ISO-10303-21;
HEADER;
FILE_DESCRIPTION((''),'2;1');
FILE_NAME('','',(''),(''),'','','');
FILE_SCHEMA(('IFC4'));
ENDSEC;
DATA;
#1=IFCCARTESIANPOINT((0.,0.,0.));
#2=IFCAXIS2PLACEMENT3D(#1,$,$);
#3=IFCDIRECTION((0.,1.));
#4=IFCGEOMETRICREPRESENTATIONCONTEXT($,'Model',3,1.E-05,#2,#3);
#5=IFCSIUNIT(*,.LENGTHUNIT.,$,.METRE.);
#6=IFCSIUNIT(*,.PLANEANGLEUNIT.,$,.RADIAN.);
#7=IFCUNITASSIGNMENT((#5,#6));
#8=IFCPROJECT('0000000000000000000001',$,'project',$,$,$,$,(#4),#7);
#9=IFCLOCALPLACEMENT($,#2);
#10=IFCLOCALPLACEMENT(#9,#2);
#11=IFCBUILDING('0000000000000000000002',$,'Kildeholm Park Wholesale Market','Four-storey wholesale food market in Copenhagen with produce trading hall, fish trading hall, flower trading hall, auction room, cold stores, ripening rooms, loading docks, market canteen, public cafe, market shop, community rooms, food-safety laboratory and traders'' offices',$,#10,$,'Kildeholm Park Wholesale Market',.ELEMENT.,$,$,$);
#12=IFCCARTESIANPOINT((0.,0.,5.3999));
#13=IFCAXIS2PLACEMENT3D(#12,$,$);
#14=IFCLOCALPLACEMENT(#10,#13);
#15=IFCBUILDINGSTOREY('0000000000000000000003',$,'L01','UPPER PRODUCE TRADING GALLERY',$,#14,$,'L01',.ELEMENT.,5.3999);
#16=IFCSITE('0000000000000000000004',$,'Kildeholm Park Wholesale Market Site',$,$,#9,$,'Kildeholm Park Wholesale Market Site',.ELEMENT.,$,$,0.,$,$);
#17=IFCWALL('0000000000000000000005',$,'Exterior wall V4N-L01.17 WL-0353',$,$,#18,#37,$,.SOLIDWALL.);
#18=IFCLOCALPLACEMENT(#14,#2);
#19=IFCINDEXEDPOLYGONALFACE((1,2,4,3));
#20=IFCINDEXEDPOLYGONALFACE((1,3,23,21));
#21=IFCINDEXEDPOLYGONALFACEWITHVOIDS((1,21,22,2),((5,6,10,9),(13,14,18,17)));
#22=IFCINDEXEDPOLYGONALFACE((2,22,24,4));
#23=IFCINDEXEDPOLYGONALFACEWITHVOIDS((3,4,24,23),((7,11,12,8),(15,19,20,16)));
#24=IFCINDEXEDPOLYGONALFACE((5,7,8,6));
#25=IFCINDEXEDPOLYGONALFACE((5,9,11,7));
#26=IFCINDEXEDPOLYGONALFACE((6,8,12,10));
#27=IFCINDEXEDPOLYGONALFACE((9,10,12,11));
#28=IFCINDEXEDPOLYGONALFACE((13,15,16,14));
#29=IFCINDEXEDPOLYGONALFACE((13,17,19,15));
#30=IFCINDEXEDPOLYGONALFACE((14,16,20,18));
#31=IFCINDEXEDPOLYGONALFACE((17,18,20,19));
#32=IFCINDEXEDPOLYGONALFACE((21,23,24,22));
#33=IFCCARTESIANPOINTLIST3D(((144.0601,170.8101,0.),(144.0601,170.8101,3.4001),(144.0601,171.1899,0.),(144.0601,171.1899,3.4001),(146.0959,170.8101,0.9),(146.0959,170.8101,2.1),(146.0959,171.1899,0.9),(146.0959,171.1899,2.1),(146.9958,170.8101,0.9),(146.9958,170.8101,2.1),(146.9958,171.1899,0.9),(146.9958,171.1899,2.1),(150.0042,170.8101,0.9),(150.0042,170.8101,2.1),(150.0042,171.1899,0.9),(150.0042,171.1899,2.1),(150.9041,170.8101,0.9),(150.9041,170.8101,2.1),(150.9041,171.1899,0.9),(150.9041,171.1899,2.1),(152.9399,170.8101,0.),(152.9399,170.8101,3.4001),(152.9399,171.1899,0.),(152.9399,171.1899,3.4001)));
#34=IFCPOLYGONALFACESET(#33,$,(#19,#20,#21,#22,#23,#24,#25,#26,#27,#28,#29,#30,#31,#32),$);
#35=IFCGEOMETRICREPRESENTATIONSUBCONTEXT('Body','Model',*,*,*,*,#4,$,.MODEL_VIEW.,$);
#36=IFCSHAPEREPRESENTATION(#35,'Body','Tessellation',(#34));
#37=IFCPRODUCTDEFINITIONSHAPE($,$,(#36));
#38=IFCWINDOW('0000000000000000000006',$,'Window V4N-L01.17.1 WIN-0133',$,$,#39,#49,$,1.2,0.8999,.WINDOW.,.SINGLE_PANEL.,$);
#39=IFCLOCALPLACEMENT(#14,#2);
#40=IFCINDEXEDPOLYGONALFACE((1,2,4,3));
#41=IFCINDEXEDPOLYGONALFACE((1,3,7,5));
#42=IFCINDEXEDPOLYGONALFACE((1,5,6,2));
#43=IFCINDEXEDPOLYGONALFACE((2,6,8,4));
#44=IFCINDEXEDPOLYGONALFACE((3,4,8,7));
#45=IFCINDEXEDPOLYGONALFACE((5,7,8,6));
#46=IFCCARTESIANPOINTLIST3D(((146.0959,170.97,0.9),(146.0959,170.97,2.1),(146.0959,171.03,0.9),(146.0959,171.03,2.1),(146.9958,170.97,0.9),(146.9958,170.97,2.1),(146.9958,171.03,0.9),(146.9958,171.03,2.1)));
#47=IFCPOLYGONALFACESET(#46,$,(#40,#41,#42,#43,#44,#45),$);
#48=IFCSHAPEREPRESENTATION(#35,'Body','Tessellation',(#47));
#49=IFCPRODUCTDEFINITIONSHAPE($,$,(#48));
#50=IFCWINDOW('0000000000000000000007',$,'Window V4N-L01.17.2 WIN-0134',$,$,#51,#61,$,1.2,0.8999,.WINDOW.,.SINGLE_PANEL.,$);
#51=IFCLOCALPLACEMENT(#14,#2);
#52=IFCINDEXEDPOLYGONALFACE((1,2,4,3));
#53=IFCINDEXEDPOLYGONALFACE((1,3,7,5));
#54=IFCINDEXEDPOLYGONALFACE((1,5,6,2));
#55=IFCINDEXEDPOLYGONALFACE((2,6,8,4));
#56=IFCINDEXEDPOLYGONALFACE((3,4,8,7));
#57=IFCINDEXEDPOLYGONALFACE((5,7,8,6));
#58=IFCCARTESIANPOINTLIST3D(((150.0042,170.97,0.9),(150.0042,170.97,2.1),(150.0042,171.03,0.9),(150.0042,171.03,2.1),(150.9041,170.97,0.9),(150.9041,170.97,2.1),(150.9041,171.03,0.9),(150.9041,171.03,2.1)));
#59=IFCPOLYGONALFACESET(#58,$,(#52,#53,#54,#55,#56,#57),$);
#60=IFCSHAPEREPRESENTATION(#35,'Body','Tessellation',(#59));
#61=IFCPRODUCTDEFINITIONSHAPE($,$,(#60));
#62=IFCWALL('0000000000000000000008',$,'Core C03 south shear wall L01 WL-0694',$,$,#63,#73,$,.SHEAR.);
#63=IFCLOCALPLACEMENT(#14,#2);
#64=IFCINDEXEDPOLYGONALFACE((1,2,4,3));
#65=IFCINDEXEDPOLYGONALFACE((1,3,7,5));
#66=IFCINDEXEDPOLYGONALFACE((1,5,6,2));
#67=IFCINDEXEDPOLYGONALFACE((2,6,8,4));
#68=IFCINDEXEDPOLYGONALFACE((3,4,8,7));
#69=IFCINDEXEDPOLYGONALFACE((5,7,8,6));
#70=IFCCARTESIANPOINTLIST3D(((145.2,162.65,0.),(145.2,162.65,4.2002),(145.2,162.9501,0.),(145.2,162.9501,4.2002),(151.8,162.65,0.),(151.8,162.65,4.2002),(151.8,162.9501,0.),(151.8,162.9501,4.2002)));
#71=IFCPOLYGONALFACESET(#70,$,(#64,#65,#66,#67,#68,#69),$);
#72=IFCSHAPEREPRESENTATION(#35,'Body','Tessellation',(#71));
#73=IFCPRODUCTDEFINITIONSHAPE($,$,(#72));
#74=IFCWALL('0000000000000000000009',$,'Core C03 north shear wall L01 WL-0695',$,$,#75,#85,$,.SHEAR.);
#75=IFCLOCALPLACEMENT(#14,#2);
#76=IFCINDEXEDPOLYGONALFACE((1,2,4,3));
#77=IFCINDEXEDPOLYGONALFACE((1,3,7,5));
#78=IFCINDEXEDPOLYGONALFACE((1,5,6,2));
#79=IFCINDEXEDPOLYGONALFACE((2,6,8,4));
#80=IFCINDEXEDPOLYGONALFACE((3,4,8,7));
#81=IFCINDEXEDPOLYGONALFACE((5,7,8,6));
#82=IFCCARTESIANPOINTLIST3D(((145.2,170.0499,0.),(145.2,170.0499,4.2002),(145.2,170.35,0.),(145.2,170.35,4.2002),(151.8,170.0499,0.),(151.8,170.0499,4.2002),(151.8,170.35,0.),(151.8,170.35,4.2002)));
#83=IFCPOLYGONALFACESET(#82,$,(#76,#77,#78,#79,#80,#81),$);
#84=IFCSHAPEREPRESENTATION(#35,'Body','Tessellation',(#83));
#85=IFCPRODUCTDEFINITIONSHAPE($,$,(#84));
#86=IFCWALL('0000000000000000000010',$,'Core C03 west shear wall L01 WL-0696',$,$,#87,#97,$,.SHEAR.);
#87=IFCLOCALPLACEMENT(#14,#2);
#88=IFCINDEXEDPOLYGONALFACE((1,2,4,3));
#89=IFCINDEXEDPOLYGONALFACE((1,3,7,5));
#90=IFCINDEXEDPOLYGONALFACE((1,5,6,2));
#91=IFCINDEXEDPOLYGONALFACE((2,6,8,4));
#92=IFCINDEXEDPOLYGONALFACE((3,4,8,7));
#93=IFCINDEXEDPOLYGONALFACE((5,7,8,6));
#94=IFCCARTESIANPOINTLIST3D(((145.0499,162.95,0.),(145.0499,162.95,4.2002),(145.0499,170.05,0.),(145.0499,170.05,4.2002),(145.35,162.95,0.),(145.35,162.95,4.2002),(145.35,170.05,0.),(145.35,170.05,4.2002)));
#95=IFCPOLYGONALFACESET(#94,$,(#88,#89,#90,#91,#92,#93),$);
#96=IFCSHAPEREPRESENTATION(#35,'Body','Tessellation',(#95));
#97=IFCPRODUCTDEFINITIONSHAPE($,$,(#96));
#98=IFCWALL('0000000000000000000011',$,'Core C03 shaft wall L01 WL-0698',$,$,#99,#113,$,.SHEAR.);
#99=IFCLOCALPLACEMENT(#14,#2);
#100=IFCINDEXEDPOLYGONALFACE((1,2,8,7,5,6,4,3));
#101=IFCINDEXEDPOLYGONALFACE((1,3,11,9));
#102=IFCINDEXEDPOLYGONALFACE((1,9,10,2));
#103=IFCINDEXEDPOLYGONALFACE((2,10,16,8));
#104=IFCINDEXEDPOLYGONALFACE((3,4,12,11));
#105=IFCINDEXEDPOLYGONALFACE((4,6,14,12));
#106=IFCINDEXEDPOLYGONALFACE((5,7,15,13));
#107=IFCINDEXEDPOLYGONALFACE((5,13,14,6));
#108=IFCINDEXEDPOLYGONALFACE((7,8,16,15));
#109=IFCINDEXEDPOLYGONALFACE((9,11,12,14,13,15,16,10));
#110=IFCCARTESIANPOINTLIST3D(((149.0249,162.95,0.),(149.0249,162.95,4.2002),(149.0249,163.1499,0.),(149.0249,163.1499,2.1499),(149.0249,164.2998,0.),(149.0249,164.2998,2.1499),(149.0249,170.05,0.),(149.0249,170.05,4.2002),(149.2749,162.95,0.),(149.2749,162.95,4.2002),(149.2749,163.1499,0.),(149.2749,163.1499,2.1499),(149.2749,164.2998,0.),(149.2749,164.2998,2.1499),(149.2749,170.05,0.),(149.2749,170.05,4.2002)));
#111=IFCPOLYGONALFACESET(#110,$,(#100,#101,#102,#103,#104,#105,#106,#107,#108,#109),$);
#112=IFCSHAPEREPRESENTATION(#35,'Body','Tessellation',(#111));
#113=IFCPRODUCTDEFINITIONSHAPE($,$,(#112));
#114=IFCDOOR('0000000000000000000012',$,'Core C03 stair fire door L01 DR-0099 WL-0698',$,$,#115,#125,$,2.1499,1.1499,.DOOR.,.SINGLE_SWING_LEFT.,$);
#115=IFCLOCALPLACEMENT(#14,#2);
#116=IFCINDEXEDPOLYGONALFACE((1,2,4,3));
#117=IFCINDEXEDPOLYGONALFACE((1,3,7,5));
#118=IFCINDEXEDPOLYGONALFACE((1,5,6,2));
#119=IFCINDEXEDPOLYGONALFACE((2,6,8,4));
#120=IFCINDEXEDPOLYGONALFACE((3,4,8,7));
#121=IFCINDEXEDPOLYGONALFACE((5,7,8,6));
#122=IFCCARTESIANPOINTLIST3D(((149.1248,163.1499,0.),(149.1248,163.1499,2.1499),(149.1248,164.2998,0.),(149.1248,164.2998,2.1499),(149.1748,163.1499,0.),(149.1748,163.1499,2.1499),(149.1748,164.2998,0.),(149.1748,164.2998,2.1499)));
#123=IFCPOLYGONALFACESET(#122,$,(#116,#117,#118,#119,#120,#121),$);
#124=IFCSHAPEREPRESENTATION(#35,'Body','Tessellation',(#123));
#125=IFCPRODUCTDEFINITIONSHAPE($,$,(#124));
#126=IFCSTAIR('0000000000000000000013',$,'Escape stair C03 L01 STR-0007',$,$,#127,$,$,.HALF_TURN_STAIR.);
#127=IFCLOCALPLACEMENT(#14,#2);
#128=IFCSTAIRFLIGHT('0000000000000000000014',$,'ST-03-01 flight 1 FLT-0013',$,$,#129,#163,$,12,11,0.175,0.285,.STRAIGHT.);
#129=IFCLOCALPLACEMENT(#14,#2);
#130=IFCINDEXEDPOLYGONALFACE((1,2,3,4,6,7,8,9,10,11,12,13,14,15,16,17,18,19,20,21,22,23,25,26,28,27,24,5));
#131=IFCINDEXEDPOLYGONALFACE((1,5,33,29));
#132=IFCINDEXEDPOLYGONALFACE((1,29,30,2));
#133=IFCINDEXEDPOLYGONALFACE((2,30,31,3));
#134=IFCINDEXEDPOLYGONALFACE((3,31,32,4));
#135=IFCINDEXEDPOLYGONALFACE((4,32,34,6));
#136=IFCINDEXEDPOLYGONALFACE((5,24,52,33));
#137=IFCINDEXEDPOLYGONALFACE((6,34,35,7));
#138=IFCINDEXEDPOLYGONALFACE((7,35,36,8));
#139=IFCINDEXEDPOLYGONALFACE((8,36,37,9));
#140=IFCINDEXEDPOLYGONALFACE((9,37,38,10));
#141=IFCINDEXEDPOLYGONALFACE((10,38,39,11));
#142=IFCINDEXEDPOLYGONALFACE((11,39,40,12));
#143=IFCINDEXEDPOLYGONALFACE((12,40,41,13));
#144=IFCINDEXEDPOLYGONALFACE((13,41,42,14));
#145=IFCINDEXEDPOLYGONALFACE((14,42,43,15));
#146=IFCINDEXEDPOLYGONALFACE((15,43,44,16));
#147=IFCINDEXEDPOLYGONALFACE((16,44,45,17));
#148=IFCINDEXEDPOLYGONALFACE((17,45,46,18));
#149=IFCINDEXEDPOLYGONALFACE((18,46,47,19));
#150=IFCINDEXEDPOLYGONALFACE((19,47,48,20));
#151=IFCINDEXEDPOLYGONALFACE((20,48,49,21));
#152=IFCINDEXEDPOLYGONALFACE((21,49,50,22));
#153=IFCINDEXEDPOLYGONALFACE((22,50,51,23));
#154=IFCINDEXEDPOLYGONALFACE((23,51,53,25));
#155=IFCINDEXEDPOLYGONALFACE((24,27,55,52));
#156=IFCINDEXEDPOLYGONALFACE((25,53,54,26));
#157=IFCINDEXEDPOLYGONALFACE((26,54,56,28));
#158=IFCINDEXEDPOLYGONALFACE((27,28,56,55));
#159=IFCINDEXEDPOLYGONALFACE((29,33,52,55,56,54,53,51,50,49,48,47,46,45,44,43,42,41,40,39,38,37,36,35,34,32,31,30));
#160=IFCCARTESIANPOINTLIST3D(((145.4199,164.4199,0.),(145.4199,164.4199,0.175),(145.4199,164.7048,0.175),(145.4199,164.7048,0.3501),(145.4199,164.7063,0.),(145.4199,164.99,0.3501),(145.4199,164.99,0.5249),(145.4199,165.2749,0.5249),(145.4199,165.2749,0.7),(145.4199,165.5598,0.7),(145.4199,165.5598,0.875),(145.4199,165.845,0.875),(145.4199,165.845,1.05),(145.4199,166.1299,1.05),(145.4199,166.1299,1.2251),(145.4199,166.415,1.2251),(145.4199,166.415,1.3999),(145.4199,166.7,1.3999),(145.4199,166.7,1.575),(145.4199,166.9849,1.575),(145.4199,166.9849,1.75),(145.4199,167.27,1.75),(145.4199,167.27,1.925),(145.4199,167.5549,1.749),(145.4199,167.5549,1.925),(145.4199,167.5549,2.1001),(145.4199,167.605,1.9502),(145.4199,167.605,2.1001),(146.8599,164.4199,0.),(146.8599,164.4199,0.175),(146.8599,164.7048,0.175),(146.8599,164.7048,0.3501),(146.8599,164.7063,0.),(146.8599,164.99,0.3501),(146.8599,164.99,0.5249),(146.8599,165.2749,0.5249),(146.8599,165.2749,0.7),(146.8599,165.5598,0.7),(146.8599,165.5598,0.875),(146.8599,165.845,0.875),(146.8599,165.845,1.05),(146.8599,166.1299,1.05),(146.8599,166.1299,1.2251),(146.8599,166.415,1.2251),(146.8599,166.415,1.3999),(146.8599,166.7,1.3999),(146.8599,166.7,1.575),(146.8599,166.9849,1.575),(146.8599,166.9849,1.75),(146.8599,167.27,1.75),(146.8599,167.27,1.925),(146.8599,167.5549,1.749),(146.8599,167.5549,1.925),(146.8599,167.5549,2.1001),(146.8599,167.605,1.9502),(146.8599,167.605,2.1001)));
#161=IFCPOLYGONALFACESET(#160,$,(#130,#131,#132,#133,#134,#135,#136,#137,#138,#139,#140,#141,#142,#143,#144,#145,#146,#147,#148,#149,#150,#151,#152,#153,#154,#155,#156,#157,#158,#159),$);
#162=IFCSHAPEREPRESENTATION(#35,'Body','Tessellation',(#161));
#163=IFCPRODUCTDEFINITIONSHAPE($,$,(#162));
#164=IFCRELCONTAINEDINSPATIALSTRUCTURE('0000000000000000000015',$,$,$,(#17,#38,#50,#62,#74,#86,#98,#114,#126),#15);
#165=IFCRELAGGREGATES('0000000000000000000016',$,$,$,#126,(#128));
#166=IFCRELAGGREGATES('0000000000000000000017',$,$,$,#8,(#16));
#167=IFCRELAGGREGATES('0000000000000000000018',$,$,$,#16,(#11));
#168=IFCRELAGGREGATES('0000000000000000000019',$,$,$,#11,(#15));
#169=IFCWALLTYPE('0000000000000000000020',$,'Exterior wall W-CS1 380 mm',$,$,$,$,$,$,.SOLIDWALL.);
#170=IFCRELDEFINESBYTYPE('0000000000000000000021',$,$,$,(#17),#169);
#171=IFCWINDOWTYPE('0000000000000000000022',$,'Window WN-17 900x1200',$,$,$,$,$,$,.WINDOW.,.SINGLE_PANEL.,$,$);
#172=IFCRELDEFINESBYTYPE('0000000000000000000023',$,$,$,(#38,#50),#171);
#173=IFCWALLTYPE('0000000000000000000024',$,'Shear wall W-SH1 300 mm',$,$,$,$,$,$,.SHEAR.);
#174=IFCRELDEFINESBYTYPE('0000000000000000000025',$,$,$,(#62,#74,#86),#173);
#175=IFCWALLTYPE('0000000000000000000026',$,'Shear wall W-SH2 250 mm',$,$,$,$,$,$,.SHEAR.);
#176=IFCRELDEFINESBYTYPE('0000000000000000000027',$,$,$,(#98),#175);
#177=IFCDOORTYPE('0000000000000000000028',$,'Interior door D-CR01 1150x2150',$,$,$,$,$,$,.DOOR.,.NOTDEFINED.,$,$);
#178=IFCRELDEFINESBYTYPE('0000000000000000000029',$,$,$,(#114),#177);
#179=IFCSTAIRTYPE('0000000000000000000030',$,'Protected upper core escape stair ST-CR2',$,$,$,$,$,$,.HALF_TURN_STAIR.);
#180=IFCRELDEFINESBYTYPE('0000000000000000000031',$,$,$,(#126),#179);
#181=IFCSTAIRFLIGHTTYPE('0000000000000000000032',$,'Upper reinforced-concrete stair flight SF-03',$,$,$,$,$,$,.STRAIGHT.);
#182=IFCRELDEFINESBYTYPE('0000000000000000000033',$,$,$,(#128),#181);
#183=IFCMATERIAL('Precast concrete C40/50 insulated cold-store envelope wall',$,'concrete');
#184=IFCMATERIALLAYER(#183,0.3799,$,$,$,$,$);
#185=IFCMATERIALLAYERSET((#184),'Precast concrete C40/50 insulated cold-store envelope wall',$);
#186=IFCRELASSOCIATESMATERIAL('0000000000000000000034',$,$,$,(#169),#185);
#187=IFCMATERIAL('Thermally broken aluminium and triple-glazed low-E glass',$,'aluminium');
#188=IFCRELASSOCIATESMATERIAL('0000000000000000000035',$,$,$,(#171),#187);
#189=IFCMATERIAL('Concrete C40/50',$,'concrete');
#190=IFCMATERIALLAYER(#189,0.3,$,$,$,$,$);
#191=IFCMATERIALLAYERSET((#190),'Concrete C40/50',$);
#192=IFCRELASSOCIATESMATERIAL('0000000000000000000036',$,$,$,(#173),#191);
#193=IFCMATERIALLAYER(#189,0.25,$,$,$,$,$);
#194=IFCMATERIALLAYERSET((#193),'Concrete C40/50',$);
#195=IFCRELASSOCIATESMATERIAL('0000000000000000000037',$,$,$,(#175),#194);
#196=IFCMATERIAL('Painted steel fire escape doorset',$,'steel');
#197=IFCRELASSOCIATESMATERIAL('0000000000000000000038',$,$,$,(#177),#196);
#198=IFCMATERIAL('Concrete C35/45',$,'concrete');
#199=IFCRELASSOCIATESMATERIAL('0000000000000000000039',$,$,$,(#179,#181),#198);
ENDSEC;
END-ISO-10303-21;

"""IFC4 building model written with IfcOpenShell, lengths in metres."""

from ifc_helpers import new_model, si_unit, direction, frame, frame_2d, origin, place, context, subcontext, project, spatial, polyline, rectangle, outline, extrude, material, layer, layer_set, type_object, element, fill, aggregate, save


model = new_model("IFC4")

# Units and contexts
model_context = context("Model", 3, precision=1e-05, world=origin(), true_north=direction((0.0, 1.0)))
body_context = subcontext(model_context, "Body", "Model", "MODEL_VIEW")
ifc_project = project(units=[si_unit("LENGTHUNIT", "METRE"), si_unit("PLANEANGLEUNIT", "RADIAN")], contexts=[model_context])

# Site, building, storey
site_placement = place(None, origin())
site = spatial("IfcSite", under=ifc_project, at=site_placement, Name="Kildeholm Park Wholesale Market Site", LongName="Kildeholm Park Wholesale Market Site", CompositionType="ELEMENT", RefElevation=0.0)
building_placement = place(site_placement, origin())
building = spatial("IfcBuilding", under=site, at=building_placement, Name="Kildeholm Park Wholesale Market", Description="Four-storey wholesale food market in Copenhagen with produce trading hall, fish trading hall, flower trading hall, auction room, cold stores, ripening rooms, loading docks, market canteen, public cafe, market shop, community rooms, food-safety laboratory and traders' offices", LongName="Kildeholm Park Wholesale Market", CompositionType="ELEMENT")
storey_placement = place(building_placement, frame((0.0, 0.0, 5.3999)))
storey = spatial("IfcBuildingStorey", under=building, at=storey_placement, Name="L01", Description="UPPER PRODUCE TRADING GALLERY", LongName="L01", CompositionType="ELEMENT", Elevation=5.3999)

# Shared definitions
ifc_material_1 = material(Name="Concrete C40/50", Category="concrete")

# Wall, openings, windows
ifc_material_2 = material(Name="Precast concrete C40/50 insulated cold-store envelope wall", Category="concrete")
ifc_layer_1 = layer(ifc_material_2, 0.3799)
ifc_layer_set_1 = layer_set([ifc_layer_1], Name="Precast concrete C40/50 insulated cold-store envelope wall")
wall_type_1 = type_object("IfcWallType", Name="Exterior wall W-CS1 380 mm", PredefinedType="SOLIDWALL", material=ifc_layer_set_1)
ifc_material_3 = material(Name="Thermally broken aluminium and triple-glazed low-E glass", Category="aluminium")
wall_1_placement = place(storey_placement, frame((144.0601, 171.0, 0.0), z_axis=(0.0, 0.0, 1.0), x_axis=(1.0, 0.0, 0.0)))
wall_1 = element("IfcWall", 1, at=wall_1_placement, inside=storey, type_object=wall_type_1, Name="Exterior wall V4N-L01.17 WL-0353", PredefinedType="SOLIDWALL", context=body_context, shape_type="SweptSolid", body=[
    extrude(rectangle(XDim=8.8799, YDim=0.3799, at=frame_2d((4.4399, 0.0))), origin(), (0.0, 0.0, 1.0), 3.4001),
])
opening_1_placement = place(wall_1_placement, frame((2.0359, 0.0, 0.8999)))
opening_1 = element("IfcOpeningElement", 2, at=opening_1_placement, cuts=wall_1, PredefinedType="OPENING", context=body_context, shape_type="SweptSolid", body=[
    extrude(rectangle(XDim=0.8999, YDim=1.2, at=frame_2d((0.45, 0.6001))), frame((0.0, 0.2, 0.0), z_axis=(0.0, -1.0, 0.0), x_axis=(1.0, 0.0, 0.0)), (0.0, 0.0, 1.0), 0.3999),
])
opening_2_placement = place(wall_1_placement, frame((5.9441, 0.0, 0.8999)))
opening_2 = element("IfcOpeningElement", 3, at=opening_2_placement, cuts=wall_1, PredefinedType="OPENING", context=body_context, shape_type="SweptSolid", body=[
    extrude(rectangle(XDim=0.8999, YDim=1.2, at=frame_2d((0.45, 0.6001))), frame((0.0, 0.2, 0.0), z_axis=(0.0, -1.0, 0.0), x_axis=(1.0, 0.0, 0.0)), (0.0, 0.0, 1.0), 0.3999),
])
window_type_1 = type_object("IfcWindowType", Name="Window WN-17 900x1200", PartitioningType="SINGLE_PANEL", PredefinedType="WINDOW", material=ifc_material_3)
window_1_placement = place(opening_1_placement, origin())
window_1 = element("IfcWindow", 4, at=window_1_placement, inside=storey, type_object=window_type_1, Name="Window V4N-L01.17.1 WIN-0133", OverallHeight=1.2, OverallWidth=0.8999, PartitioningType="SINGLE_PANEL", PredefinedType="WINDOW", context=body_context, shape_type="SweptSolid", body=[
    extrude(rectangle(XDim=0.8999, YDim=1.2, at=frame_2d((0.45, 0.6001))), frame((0.0, 0.03, 0.0), z_axis=(0.0, -1.0, 0.0), x_axis=(1.0, 0.0, 0.0)), (0.0, 0.0, 1.0), 0.0601),
])
fill(opening_1, window_1)
window_2_placement = place(opening_2_placement, origin())
window_2 = element("IfcWindow", 5, at=window_2_placement, inside=storey, type_object=window_type_1, Name="Window V4N-L01.17.2 WIN-0134", OverallHeight=1.2, OverallWidth=0.8999, PartitioningType="SINGLE_PANEL", PredefinedType="WINDOW", context=body_context, shape_type="SweptSolid", body=[
    extrude(rectangle(XDim=0.8999, YDim=1.2, at=frame_2d((0.45, 0.6001))), frame((0.0, 0.03, 0.0), z_axis=(0.0, -1.0, 0.0), x_axis=(1.0, 0.0, 0.0)), (0.0, 0.0, 1.0), 0.0601),
])
fill(opening_2, window_2)

# Walls
ifc_layer_2 = layer(ifc_material_1, 0.3)
ifc_layer_set_2 = layer_set([ifc_layer_2], Name="Concrete C40/50")
wall_type_2 = type_object("IfcWallType", Name="Shear wall W-SH1 300 mm", PredefinedType="SHEAR", material=ifc_layer_set_2)
for number, where, z_axis, x_axis, name in (
    (6, (145.2, 162.8, 0.0), (0.0, 0.0, 1.0), (1.0, 0.0, 0.0), "Core C03 south shear wall L01 WL-0694"),
    (7, (145.2, 170.2, 0.0), (0.0, 0.0, 1.0), (1.0, 0.0, 0.0), "Core C03 north shear wall L01 WL-0695"),
):
    element("IfcWall", number, at=place(storey_placement, frame(where, z_axis=z_axis, x_axis=x_axis)), inside=storey, type_object=wall_type_2, Name=name, PredefinedType="SHEAR", context=body_context, shape_type="SweptSolid", body=[
        extrude(rectangle(XDim=6.6001, YDim=0.3, at=frame_2d((3.3, 0.0))), origin(), (0.0, 0.0, 1.0), 4.2002),
    ])
wall_2_placement = place(storey_placement, frame((145.2, 162.95, 0.0), z_axis=(0.0, 0.0, 1.0), x_axis=(0.0, 1.0, 0.0)))
element("IfcWall", 8, at=wall_2_placement, inside=storey, type_object=wall_type_2, Name="Core C03 west shear wall L01 WL-0696", PredefinedType="SHEAR", context=body_context, shape_type="SweptSolid", body=[
    extrude(rectangle(XDim=7.1001, YDim=0.3, at=frame_2d((3.55, 0.0))), origin(), (0.0, 0.0, 1.0), 4.2002),
])

# Wall, opening, door
ifc_layer_3 = layer(ifc_material_1, 0.25)
ifc_layer_set_3 = layer_set([ifc_layer_3], Name="Concrete C40/50")
wall_type_3 = type_object("IfcWallType", Name="Shear wall W-SH2 250 mm", PredefinedType="SHEAR", material=ifc_layer_set_3)
wall_3_placement = place(storey_placement, frame((149.1499, 162.95, 0.0), z_axis=(0.0, 0.0, 1.0), x_axis=(0.0, 1.0, 0.0)))
wall_3 = element("IfcWall", 9, at=wall_3_placement, inside=storey, type_object=wall_type_3, Name="Core C03 shaft wall L01 WL-0698", PredefinedType="SHEAR", context=body_context, shape_type="SweptSolid", body=[
    extrude(rectangle(XDim=7.1001, YDim=0.25, at=frame_2d((3.55, 0.0))), origin(), (0.0, 0.0, 1.0), 4.2002),
])
opening_3_placement = place(wall_3_placement, frame((0.2, 0.0, 0.0)))
opening_3 = element("IfcOpeningElement", 10, at=opening_3_placement, cuts=wall_3, PredefinedType="OPENING", context=body_context, shape_type="SweptSolid", body=[
    extrude(rectangle(XDim=1.1499, YDim=2.1499, at=frame_2d((0.575, 1.075))), frame((0.0, 0.135, 0.0), z_axis=(0.0, -1.0, 0.0), x_axis=(1.0, 0.0, 0.0)), (0.0, 0.0, 1.0), 0.27),
])
ifc_material_4 = material(Name="Painted steel fire escape doorset", Category="steel")
door_type_1 = type_object("IfcDoorType", Name="Interior door D-CR01 1150x2150", OperationType="NOTDEFINED", PredefinedType="DOOR", material=ifc_material_4)
door_1_placement = place(opening_3_placement, frame((1.1499, 0.0, 0.0), z_axis=(0.0, 0.0, 1.0), x_axis=(-1.0, 0.0, 0.0)))
door_1 = element("IfcDoor", 11, at=door_1_placement, inside=storey, type_object=door_type_1, Name="Core C03 stair fire door L01 DR-0099 WL-0698", OperationType="SINGLE_SWING_LEFT", OverallHeight=2.1499, OverallWidth=1.1499, PredefinedType="DOOR", context=body_context, shape_type="SweptSolid", body=[
    extrude(rectangle(XDim=1.1499, YDim=2.1499, at=frame_2d((0.575, 1.075))), frame((0.0, 0.0249, 0.0), z_axis=(0.0, -1.0, 0.0), x_axis=(1.0, 0.0, 0.0)), (0.0, 0.0, 1.0), 0.05),
])
fill(opening_3, door_1)

# Stair, stair flight
ifc_material_5 = material(Name="Concrete C35/45", Category="concrete")
stair_type = type_object("IfcStairType", Name="Protected upper core escape stair ST-CR2", PredefinedType="HALF_TURN_STAIR", material=ifc_material_5)
stair_placement = place(storey_placement, origin())
stair = element("IfcStair", 12, at=stair_placement, inside=storey, type_object=stair_type, Name="Escape stair C03 L01 STR-0007", PredefinedType="HALF_TURN_STAIR")
stair_flight_type = type_object("IfcStairFlightType", Name="Upper reinforced-concrete stair flight SF-03", PredefinedType="STRAIGHT", material=ifc_material_5)
stair_flight_1_placement = place(storey_placement, frame((146.1399, 164.4199, 0.0), z_axis=(0.0, 0.0, 1.0), x_axis=(0.0, 1.0, 0.0)))
stair_flight_1 = element("IfcStairFlight", 13, at=stair_flight_1_placement, type_object=stair_flight_type, Name="ST-03-01 flight 1 FLT-0013", NumberOfRisers=12, NumberOfTreads=11, PredefinedType="STRAIGHT", RiserHeight=0.175, TreadLength=0.285, context=body_context, shape_type="SweptSolid", body=[
    extrude(outline(polyline([(0.0, 0.0), (0.0, 0.175), (0.2849, 0.175), (0.2849, 0.3501), (0.5701, 0.3501), (0.5701, 0.5249), (0.855, 0.5249), (0.855, 0.7), (1.1399, 0.7), (1.1399, 0.875), (1.425, 0.875), (1.425, 1.05), (1.71, 1.05), (1.71, 1.2251), (1.9951, 1.2251), (1.9951, 1.3999), (2.28, 1.3999), (2.28, 1.575), (2.5649, 1.575), (2.5649, 1.75), (2.8501, 1.75), (2.8501, 1.925), (3.135, 1.925), (3.135, 2.1001), (3.1851, 2.1001), (3.1851, 1.9502), (3.135, 1.749), (0.2864, 0.0), (0.0, 0.0)])), frame((0.0, 0.72, 0.0), z_axis=(0.0, -1.0, 0.0), x_axis=(1.0, 0.0, 0.0)), (0.0, 0.0, 1.0), 1.4399),
])
aggregate(stair, [stair_flight_1])

save(model, "model.ifc")
